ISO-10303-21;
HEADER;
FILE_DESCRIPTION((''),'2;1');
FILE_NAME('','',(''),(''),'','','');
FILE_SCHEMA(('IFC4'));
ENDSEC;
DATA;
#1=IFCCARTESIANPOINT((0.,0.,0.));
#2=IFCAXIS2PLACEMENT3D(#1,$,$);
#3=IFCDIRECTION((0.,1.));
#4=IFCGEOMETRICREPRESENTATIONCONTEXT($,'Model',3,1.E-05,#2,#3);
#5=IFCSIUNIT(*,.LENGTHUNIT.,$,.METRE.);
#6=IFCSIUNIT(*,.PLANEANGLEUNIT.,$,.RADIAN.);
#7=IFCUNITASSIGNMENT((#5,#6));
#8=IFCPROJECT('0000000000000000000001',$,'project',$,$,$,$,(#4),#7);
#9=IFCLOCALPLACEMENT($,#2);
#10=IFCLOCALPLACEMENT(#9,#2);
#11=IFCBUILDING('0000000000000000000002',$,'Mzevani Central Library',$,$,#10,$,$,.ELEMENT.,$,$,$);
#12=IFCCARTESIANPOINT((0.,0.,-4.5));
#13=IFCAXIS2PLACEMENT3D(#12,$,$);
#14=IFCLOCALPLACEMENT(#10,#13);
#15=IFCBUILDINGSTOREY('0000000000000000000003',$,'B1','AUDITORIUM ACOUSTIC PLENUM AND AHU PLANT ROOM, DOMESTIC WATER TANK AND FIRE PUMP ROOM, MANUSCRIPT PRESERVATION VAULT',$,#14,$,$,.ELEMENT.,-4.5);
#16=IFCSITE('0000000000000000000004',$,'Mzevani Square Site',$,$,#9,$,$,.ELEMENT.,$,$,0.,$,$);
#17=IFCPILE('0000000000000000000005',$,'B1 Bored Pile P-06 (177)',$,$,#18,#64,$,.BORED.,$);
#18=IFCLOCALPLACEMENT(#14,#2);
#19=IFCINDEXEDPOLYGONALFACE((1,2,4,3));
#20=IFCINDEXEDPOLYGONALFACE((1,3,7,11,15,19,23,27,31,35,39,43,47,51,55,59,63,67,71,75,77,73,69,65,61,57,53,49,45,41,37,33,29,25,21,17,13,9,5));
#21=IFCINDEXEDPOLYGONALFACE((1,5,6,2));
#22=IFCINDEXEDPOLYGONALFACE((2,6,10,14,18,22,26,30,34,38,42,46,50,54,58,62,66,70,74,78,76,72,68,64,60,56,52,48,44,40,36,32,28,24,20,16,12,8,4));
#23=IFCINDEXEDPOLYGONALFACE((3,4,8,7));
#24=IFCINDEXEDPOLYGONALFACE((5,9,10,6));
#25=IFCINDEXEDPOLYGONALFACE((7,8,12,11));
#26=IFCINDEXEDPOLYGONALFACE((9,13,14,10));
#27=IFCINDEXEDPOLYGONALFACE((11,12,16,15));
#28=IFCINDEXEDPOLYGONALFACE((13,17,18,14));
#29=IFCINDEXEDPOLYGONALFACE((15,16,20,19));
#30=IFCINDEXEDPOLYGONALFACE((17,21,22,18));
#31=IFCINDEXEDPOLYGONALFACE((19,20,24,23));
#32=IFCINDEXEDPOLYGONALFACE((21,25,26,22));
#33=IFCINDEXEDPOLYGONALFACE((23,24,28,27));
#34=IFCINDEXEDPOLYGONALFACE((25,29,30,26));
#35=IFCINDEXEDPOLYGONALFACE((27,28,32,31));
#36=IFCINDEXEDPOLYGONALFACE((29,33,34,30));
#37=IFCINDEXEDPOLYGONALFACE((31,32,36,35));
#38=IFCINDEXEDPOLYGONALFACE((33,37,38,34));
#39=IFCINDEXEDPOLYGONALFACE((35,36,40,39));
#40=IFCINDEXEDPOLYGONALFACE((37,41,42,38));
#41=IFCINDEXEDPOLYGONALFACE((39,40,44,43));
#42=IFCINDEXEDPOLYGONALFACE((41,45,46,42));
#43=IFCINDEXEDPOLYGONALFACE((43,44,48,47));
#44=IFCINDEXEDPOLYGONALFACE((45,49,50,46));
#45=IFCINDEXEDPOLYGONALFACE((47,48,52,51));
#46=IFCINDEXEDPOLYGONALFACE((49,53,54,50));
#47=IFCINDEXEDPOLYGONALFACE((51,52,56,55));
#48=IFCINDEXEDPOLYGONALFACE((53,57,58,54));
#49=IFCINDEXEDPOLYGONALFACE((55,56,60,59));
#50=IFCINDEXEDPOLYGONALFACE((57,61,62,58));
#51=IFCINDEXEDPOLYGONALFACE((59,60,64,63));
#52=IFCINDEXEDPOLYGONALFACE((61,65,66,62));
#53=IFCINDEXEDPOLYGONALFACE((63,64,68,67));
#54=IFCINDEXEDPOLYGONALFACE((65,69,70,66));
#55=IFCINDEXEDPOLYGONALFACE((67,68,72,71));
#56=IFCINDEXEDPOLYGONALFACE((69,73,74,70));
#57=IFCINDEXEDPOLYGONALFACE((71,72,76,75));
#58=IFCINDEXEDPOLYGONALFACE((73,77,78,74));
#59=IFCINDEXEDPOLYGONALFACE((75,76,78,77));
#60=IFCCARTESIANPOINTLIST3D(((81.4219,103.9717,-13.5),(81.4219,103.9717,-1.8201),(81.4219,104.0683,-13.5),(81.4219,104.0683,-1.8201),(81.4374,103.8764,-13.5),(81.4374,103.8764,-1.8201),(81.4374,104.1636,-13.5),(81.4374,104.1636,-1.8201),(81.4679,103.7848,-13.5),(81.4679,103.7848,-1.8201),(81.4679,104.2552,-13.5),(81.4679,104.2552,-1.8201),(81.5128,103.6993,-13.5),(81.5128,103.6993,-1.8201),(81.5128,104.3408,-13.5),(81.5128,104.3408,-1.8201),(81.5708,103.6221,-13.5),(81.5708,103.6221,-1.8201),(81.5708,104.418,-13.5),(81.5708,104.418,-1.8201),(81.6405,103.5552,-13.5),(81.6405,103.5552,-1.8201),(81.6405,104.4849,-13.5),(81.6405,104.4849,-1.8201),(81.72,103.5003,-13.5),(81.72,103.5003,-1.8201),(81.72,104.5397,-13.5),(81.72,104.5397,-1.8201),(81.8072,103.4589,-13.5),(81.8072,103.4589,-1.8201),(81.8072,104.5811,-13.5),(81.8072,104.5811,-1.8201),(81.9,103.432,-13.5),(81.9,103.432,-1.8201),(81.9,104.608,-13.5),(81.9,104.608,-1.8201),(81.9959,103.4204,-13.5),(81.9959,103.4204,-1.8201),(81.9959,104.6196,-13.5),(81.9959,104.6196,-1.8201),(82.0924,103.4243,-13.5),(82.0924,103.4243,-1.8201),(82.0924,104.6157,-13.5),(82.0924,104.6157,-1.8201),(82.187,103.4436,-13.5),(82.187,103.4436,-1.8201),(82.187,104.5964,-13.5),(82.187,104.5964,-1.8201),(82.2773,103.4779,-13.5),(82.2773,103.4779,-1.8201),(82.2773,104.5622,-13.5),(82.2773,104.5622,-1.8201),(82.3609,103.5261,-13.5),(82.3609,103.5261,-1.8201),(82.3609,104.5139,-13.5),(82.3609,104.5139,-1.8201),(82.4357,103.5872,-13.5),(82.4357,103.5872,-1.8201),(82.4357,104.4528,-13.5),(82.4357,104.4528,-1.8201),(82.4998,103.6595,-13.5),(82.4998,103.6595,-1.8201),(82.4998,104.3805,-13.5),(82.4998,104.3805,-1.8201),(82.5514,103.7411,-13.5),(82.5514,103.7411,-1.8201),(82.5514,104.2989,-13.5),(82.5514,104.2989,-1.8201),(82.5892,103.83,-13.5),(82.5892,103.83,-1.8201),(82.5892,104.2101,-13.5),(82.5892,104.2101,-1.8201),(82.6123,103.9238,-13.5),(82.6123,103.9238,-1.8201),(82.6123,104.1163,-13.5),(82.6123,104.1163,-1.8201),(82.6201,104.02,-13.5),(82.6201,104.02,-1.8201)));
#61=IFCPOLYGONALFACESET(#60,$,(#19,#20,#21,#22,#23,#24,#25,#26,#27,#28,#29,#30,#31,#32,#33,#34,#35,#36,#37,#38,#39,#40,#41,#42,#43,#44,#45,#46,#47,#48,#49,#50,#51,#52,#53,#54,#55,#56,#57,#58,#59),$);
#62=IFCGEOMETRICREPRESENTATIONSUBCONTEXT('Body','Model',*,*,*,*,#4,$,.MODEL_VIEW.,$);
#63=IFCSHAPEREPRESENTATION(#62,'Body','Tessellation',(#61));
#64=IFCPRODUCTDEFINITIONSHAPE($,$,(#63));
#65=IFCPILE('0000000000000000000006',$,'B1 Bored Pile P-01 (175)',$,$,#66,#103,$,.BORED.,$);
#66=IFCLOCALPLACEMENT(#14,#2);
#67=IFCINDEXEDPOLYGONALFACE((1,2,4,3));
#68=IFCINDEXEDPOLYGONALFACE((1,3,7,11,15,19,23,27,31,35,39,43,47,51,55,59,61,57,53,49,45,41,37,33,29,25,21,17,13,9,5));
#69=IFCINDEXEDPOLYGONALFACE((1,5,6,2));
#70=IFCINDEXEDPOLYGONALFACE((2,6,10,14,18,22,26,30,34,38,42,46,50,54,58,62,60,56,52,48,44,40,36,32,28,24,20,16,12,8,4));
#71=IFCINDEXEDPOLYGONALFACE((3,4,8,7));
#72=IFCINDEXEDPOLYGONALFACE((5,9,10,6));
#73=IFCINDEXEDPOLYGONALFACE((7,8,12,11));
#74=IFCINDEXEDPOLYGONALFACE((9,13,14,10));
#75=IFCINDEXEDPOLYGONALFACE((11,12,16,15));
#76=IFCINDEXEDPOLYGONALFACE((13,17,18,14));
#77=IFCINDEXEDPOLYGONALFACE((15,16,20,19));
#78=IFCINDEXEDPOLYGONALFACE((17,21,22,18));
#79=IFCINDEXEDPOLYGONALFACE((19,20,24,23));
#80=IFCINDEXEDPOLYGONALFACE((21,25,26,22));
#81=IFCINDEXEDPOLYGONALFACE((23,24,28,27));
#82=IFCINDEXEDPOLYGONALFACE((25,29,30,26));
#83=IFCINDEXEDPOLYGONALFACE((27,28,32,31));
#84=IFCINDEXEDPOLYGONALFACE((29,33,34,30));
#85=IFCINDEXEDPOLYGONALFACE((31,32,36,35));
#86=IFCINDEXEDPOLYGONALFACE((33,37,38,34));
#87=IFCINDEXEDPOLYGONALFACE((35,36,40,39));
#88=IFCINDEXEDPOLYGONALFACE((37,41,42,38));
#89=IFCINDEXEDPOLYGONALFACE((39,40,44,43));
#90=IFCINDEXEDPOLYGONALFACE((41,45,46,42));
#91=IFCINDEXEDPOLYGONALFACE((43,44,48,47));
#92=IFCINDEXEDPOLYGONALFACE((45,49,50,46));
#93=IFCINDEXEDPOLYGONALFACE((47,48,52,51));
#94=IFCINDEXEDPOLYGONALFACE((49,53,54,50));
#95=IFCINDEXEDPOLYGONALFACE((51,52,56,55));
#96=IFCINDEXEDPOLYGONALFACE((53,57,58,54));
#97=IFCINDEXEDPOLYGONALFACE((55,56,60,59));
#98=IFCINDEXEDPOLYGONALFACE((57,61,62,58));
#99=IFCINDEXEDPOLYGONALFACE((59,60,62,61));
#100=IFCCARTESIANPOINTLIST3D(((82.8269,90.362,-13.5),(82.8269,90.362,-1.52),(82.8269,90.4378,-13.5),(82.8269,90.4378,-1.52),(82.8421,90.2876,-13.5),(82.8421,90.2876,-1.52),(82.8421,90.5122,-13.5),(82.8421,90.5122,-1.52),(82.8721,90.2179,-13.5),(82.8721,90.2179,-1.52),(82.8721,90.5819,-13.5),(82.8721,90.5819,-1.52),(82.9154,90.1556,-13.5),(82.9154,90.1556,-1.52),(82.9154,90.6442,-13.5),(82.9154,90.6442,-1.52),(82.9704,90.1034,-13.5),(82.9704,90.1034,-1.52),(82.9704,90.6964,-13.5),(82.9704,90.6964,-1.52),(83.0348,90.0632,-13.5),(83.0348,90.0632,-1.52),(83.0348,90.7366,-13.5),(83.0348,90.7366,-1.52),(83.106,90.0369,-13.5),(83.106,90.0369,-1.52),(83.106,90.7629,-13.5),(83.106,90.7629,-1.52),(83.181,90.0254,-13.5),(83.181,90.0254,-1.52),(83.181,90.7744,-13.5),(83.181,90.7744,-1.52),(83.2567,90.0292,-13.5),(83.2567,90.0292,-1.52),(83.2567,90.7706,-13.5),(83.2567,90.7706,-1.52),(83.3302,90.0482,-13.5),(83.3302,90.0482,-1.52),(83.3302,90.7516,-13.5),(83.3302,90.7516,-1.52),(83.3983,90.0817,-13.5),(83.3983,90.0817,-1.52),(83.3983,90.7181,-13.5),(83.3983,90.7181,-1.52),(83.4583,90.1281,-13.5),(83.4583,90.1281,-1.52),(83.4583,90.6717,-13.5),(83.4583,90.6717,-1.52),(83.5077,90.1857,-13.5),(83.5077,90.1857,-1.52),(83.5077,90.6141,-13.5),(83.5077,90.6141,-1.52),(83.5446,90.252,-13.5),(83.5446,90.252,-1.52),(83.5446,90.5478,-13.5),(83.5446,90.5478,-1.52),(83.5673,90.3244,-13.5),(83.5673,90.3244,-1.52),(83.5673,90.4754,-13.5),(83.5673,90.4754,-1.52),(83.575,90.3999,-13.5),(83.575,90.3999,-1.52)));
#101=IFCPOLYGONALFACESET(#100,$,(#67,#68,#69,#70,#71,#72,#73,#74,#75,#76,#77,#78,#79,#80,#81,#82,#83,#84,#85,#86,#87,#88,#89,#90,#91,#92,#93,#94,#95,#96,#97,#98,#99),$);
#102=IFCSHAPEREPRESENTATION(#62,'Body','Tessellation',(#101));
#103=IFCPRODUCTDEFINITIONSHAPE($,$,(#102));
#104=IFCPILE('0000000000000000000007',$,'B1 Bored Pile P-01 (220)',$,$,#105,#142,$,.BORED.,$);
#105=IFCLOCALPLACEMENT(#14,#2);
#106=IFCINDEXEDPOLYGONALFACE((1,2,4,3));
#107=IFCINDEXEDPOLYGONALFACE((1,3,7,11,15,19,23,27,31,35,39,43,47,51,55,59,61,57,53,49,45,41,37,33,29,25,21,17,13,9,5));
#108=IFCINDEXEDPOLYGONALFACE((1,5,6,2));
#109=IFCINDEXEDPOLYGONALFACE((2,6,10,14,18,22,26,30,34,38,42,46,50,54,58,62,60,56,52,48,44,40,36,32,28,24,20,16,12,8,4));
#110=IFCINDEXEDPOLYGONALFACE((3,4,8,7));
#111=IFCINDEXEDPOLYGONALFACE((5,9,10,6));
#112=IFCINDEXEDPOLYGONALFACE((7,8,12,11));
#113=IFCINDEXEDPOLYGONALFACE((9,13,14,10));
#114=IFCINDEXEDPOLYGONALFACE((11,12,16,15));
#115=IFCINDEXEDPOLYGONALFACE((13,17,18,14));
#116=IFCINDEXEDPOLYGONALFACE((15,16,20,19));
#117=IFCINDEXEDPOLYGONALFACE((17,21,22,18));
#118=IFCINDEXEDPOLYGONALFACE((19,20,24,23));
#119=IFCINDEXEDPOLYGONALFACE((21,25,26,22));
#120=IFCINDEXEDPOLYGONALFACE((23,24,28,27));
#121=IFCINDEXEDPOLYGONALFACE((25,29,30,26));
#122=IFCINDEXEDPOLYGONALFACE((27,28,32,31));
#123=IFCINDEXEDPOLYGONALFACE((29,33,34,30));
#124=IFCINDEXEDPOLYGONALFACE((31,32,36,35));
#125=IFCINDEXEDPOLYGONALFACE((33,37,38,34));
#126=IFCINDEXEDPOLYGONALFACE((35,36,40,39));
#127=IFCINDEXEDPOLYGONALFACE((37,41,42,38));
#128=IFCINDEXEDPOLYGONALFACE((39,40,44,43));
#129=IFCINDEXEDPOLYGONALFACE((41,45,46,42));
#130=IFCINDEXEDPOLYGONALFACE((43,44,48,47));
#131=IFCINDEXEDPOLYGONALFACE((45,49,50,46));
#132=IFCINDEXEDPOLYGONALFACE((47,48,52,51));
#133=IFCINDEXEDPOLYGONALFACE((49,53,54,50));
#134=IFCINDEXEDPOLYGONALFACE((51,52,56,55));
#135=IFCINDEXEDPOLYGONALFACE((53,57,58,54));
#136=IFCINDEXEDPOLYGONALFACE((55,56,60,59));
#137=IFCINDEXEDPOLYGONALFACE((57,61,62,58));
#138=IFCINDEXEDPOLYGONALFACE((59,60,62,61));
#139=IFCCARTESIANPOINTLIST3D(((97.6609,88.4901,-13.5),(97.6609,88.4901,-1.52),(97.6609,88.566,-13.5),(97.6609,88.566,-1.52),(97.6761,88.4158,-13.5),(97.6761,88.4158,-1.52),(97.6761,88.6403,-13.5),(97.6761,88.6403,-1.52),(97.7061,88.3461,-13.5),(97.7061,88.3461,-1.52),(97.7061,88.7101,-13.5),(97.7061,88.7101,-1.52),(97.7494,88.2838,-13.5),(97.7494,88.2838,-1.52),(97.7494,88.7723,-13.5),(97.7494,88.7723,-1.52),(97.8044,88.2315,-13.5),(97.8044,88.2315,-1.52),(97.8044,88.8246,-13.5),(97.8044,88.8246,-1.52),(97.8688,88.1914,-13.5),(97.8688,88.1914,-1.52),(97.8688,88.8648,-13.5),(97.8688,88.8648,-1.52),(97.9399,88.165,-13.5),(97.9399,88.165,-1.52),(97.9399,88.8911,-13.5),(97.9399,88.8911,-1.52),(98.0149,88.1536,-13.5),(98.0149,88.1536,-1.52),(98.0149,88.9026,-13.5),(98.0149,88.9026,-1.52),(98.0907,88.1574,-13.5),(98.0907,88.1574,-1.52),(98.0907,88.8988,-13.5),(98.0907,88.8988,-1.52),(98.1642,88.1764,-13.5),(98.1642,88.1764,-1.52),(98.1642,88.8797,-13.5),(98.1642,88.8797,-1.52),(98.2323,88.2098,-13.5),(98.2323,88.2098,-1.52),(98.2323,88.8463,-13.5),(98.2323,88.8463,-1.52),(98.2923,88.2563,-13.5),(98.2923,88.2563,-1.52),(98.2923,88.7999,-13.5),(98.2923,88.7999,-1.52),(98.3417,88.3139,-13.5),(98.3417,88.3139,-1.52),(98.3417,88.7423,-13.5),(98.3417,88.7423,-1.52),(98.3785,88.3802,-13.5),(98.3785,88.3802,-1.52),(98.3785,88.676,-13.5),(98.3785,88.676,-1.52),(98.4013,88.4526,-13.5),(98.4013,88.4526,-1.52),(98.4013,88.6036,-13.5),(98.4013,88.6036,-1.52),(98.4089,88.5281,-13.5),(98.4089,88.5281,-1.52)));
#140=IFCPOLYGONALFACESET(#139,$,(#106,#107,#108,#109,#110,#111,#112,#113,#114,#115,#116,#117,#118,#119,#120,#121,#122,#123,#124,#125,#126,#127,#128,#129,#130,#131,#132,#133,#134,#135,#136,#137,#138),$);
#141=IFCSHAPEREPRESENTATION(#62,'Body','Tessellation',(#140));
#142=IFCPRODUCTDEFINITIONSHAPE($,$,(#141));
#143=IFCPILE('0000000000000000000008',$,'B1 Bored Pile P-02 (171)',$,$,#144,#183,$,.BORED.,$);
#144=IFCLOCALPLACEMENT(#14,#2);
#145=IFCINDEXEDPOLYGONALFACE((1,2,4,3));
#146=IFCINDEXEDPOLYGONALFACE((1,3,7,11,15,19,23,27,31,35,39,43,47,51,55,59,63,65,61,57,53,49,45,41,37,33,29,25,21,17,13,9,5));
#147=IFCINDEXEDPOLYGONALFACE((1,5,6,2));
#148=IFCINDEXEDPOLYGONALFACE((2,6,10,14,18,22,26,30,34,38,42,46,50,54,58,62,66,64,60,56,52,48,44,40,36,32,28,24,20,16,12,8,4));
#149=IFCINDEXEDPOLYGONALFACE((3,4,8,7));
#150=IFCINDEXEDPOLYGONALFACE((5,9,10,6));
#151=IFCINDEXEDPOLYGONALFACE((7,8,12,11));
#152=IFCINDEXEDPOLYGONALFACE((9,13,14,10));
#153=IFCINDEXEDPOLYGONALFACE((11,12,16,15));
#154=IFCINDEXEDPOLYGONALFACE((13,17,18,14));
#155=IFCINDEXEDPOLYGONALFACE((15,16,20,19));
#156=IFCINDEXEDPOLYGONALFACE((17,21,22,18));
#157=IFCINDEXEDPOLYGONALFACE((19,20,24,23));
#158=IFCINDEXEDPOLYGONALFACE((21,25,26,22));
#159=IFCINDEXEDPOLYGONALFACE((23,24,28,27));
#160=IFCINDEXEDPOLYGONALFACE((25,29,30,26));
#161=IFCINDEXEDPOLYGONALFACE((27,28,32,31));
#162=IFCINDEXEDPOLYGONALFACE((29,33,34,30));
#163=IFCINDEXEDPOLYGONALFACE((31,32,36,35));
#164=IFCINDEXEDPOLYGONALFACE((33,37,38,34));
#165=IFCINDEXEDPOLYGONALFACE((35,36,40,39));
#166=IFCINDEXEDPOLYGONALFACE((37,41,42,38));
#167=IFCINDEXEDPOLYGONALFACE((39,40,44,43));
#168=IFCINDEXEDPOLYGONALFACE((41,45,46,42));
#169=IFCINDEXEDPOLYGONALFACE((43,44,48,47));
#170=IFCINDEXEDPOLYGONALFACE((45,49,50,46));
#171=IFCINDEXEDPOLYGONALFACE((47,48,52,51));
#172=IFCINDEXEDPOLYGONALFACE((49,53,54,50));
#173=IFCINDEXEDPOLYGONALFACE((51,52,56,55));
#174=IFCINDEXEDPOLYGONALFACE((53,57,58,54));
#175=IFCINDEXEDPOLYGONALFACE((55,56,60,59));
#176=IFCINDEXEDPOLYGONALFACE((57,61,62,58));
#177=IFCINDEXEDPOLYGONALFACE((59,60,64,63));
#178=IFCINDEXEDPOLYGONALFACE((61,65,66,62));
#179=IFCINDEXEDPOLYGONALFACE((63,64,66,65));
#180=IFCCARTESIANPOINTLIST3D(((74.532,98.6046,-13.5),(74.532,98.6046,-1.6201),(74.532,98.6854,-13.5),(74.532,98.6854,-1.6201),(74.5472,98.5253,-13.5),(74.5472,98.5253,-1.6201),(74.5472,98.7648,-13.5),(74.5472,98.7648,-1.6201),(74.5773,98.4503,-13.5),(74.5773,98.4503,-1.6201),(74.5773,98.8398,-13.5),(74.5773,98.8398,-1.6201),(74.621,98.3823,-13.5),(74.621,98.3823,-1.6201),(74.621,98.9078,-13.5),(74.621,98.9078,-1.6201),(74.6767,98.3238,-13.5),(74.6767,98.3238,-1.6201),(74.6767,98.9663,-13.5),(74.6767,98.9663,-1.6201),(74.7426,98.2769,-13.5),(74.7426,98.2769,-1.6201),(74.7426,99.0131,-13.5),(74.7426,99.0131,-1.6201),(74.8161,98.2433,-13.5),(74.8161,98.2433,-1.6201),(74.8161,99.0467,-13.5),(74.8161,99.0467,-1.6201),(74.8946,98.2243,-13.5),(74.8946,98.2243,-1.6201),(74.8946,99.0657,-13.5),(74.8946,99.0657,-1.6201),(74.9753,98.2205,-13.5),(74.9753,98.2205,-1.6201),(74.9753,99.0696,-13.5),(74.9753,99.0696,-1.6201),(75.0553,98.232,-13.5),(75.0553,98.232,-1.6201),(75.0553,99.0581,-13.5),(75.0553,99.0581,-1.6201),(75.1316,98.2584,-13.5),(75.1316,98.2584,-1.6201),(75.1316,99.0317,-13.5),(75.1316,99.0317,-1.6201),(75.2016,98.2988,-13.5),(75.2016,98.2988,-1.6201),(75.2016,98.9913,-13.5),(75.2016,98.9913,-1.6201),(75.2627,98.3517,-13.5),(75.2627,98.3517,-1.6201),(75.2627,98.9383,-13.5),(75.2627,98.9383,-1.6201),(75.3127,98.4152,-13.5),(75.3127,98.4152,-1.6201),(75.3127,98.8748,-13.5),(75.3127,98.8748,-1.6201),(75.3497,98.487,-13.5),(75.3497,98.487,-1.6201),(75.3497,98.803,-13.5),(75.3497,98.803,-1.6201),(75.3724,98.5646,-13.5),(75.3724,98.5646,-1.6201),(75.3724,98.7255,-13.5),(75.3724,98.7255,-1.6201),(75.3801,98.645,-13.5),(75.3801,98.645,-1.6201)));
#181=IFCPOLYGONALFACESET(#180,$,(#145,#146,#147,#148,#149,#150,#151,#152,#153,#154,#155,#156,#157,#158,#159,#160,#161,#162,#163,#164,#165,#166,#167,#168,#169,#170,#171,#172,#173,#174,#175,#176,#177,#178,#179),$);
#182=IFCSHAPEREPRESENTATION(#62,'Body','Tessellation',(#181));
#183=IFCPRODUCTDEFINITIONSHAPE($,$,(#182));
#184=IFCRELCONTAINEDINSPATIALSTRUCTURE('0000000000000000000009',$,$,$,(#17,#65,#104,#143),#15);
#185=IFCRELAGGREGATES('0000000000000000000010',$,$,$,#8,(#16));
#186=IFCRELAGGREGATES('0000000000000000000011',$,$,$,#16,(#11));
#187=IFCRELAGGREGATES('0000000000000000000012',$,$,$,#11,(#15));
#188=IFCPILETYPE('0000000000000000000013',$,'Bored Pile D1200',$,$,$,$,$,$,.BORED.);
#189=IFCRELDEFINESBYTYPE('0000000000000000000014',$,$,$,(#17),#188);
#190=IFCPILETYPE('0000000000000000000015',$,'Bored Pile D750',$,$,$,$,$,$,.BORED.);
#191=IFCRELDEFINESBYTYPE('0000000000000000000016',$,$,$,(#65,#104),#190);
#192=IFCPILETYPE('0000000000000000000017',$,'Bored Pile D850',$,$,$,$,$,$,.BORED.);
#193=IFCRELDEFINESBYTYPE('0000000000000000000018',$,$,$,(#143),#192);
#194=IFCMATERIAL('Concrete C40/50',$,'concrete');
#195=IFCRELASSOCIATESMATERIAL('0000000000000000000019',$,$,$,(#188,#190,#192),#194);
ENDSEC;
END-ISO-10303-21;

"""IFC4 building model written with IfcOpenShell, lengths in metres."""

from ifc_helpers import new_model, si_unit, direction, frame, origin, origin_2d, place, context, subcontext, project, spatial, circle, extrude, material, material_profile, profile_set, type_object, element, save


model = new_model("IFC4")

# Units and contexts
model_context = context("Model", 3, precision=1e-05, world=origin(), true_north=direction((0.0, 1.0)))
body_context = subcontext(model_context, "Body", "Model", "MODEL_VIEW")
ifc_project = project(units=[si_unit("LENGTHUNIT", "METRE"), si_unit("PLANEANGLEUNIT", "RADIAN")], contexts=[model_context])

# Site, building, storey
site_placement = place(None, origin())
site = spatial("IfcSite", under=ifc_project, at=site_placement, Name="Mzevani Square Site", CompositionType="ELEMENT", RefElevation=0.0)
building_placement = place(site_placement, origin())
building = spatial("IfcBuilding", under=site, at=building_placement, Name="Mzevani Central Library", CompositionType="ELEMENT")
storey_placement = place(building_placement, frame((0.0, 0.0, -4.5)))
storey = spatial("IfcBuildingStorey", under=building, at=storey_placement, Name="B1", Description="AUDITORIUM ACOUSTIC PLENUM AND AHU PLANT ROOM, DOMESTIC WATER TANK AND FIRE PUMP ROOM, MANUSCRIPT PRESERVATION VAULT", CompositionType="ELEMENT", Elevation=-4.5)

# Piles
ifc_material_1 = material(Name="Concrete C40/50", Category="concrete")
ifc_material_profile_1 = material_profile(ifc_material_1, circle(Radius=0.6001, at=origin_2d()), Name="PILE D1200")
ifc_profile_set_1 = profile_set([ifc_material_profile_1], Name="Concrete C40/50")
pile_type_1 = type_object("IfcPileType", Name="Bored Pile D1200", PredefinedType="BORED", material=ifc_profile_set_1)
pile_1_placement = place(storey_placement, frame((82.02, 104.02, -1.8201), z_axis=(0.0, 0.0, -1.0), x_axis=(1.0, 0.0, 0.0)))
element("IfcPile", 1, at=pile_1_placement, inside=storey, type_object=pile_type_1, Name="B1 Bored Pile P-06 (177)", PredefinedType="BORED", context=body_context, shape_type="SweptSolid", body=[
    extrude(circle(Radius=0.6001, at=origin_2d()), origin(), (0.0, 0.0, 1.0), 11.6799),
])
ifc_material_profile_2 = material_profile(ifc_material_1, circle(Radius=0.375, at=origin_2d()), Name="PILE D750")
ifc_profile_set_2 = profile_set([ifc_material_profile_2], Name="Concrete C40/50")
pile_type_2 = type_object("IfcPileType", Name="Bored Pile D750", PredefinedType="BORED", material=ifc_profile_set_2)
for number, where, z_axis, x_axis, name in (
    (2, (83.2, 90.3999, -1.52), (0.0, 0.0, -1.0), (1.0, 0.0, 0.0), "B1 Bored Pile P-01 (175)"),
    (3, (98.0339, 88.5281, -1.52), (0.0, 0.0, -1.0), (1.0, 0.0, 0.0), "B1 Bored Pile P-01 (220)"),
):
    element("IfcPile", number, at=place(storey_placement, frame(where, z_axis=z_axis, x_axis=x_axis)), inside=storey, type_object=pile_type_2, Name=name, PredefinedType="BORED", context=body_context, shape_type="SweptSolid", body=[
        extrude(circle(Radius=0.375, at=origin_2d()), origin(), (0.0, 0.0, 1.0), 11.98),
    ])
ifc_material_profile_3 = material_profile(ifc_material_1, circle(Radius=0.425, at=origin_2d()), Name="PILE D850")
ifc_profile_set_3 = profile_set([ifc_material_profile_3], Name="Concrete C40/50")
pile_type_3 = type_object("IfcPileType", Name="Bored Pile D850", PredefinedType="BORED", material=ifc_profile_set_3)
for number, where, z_axis, x_axis, name in (
    (4, (74.9551, 98.645, -1.6201), (0.0, 0.0, -1.0), (1.0, 0.0, 0.0), "B1 Bored Pile P-02 (171)"),
):
    element("IfcPile", number, at=place(storey_placement, frame(where, z_axis=z_axis, x_axis=x_axis)), inside=storey, type_object=pile_type_3, Name=name, PredefinedType="BORED", context=body_context, shape_type="SweptSolid", body=[
        extrude(circle(Radius=0.425, at=origin_2d()), origin(), (0.0, 0.0, 1.0), 11.8799),
    ])

save(model, "model.ifc")
